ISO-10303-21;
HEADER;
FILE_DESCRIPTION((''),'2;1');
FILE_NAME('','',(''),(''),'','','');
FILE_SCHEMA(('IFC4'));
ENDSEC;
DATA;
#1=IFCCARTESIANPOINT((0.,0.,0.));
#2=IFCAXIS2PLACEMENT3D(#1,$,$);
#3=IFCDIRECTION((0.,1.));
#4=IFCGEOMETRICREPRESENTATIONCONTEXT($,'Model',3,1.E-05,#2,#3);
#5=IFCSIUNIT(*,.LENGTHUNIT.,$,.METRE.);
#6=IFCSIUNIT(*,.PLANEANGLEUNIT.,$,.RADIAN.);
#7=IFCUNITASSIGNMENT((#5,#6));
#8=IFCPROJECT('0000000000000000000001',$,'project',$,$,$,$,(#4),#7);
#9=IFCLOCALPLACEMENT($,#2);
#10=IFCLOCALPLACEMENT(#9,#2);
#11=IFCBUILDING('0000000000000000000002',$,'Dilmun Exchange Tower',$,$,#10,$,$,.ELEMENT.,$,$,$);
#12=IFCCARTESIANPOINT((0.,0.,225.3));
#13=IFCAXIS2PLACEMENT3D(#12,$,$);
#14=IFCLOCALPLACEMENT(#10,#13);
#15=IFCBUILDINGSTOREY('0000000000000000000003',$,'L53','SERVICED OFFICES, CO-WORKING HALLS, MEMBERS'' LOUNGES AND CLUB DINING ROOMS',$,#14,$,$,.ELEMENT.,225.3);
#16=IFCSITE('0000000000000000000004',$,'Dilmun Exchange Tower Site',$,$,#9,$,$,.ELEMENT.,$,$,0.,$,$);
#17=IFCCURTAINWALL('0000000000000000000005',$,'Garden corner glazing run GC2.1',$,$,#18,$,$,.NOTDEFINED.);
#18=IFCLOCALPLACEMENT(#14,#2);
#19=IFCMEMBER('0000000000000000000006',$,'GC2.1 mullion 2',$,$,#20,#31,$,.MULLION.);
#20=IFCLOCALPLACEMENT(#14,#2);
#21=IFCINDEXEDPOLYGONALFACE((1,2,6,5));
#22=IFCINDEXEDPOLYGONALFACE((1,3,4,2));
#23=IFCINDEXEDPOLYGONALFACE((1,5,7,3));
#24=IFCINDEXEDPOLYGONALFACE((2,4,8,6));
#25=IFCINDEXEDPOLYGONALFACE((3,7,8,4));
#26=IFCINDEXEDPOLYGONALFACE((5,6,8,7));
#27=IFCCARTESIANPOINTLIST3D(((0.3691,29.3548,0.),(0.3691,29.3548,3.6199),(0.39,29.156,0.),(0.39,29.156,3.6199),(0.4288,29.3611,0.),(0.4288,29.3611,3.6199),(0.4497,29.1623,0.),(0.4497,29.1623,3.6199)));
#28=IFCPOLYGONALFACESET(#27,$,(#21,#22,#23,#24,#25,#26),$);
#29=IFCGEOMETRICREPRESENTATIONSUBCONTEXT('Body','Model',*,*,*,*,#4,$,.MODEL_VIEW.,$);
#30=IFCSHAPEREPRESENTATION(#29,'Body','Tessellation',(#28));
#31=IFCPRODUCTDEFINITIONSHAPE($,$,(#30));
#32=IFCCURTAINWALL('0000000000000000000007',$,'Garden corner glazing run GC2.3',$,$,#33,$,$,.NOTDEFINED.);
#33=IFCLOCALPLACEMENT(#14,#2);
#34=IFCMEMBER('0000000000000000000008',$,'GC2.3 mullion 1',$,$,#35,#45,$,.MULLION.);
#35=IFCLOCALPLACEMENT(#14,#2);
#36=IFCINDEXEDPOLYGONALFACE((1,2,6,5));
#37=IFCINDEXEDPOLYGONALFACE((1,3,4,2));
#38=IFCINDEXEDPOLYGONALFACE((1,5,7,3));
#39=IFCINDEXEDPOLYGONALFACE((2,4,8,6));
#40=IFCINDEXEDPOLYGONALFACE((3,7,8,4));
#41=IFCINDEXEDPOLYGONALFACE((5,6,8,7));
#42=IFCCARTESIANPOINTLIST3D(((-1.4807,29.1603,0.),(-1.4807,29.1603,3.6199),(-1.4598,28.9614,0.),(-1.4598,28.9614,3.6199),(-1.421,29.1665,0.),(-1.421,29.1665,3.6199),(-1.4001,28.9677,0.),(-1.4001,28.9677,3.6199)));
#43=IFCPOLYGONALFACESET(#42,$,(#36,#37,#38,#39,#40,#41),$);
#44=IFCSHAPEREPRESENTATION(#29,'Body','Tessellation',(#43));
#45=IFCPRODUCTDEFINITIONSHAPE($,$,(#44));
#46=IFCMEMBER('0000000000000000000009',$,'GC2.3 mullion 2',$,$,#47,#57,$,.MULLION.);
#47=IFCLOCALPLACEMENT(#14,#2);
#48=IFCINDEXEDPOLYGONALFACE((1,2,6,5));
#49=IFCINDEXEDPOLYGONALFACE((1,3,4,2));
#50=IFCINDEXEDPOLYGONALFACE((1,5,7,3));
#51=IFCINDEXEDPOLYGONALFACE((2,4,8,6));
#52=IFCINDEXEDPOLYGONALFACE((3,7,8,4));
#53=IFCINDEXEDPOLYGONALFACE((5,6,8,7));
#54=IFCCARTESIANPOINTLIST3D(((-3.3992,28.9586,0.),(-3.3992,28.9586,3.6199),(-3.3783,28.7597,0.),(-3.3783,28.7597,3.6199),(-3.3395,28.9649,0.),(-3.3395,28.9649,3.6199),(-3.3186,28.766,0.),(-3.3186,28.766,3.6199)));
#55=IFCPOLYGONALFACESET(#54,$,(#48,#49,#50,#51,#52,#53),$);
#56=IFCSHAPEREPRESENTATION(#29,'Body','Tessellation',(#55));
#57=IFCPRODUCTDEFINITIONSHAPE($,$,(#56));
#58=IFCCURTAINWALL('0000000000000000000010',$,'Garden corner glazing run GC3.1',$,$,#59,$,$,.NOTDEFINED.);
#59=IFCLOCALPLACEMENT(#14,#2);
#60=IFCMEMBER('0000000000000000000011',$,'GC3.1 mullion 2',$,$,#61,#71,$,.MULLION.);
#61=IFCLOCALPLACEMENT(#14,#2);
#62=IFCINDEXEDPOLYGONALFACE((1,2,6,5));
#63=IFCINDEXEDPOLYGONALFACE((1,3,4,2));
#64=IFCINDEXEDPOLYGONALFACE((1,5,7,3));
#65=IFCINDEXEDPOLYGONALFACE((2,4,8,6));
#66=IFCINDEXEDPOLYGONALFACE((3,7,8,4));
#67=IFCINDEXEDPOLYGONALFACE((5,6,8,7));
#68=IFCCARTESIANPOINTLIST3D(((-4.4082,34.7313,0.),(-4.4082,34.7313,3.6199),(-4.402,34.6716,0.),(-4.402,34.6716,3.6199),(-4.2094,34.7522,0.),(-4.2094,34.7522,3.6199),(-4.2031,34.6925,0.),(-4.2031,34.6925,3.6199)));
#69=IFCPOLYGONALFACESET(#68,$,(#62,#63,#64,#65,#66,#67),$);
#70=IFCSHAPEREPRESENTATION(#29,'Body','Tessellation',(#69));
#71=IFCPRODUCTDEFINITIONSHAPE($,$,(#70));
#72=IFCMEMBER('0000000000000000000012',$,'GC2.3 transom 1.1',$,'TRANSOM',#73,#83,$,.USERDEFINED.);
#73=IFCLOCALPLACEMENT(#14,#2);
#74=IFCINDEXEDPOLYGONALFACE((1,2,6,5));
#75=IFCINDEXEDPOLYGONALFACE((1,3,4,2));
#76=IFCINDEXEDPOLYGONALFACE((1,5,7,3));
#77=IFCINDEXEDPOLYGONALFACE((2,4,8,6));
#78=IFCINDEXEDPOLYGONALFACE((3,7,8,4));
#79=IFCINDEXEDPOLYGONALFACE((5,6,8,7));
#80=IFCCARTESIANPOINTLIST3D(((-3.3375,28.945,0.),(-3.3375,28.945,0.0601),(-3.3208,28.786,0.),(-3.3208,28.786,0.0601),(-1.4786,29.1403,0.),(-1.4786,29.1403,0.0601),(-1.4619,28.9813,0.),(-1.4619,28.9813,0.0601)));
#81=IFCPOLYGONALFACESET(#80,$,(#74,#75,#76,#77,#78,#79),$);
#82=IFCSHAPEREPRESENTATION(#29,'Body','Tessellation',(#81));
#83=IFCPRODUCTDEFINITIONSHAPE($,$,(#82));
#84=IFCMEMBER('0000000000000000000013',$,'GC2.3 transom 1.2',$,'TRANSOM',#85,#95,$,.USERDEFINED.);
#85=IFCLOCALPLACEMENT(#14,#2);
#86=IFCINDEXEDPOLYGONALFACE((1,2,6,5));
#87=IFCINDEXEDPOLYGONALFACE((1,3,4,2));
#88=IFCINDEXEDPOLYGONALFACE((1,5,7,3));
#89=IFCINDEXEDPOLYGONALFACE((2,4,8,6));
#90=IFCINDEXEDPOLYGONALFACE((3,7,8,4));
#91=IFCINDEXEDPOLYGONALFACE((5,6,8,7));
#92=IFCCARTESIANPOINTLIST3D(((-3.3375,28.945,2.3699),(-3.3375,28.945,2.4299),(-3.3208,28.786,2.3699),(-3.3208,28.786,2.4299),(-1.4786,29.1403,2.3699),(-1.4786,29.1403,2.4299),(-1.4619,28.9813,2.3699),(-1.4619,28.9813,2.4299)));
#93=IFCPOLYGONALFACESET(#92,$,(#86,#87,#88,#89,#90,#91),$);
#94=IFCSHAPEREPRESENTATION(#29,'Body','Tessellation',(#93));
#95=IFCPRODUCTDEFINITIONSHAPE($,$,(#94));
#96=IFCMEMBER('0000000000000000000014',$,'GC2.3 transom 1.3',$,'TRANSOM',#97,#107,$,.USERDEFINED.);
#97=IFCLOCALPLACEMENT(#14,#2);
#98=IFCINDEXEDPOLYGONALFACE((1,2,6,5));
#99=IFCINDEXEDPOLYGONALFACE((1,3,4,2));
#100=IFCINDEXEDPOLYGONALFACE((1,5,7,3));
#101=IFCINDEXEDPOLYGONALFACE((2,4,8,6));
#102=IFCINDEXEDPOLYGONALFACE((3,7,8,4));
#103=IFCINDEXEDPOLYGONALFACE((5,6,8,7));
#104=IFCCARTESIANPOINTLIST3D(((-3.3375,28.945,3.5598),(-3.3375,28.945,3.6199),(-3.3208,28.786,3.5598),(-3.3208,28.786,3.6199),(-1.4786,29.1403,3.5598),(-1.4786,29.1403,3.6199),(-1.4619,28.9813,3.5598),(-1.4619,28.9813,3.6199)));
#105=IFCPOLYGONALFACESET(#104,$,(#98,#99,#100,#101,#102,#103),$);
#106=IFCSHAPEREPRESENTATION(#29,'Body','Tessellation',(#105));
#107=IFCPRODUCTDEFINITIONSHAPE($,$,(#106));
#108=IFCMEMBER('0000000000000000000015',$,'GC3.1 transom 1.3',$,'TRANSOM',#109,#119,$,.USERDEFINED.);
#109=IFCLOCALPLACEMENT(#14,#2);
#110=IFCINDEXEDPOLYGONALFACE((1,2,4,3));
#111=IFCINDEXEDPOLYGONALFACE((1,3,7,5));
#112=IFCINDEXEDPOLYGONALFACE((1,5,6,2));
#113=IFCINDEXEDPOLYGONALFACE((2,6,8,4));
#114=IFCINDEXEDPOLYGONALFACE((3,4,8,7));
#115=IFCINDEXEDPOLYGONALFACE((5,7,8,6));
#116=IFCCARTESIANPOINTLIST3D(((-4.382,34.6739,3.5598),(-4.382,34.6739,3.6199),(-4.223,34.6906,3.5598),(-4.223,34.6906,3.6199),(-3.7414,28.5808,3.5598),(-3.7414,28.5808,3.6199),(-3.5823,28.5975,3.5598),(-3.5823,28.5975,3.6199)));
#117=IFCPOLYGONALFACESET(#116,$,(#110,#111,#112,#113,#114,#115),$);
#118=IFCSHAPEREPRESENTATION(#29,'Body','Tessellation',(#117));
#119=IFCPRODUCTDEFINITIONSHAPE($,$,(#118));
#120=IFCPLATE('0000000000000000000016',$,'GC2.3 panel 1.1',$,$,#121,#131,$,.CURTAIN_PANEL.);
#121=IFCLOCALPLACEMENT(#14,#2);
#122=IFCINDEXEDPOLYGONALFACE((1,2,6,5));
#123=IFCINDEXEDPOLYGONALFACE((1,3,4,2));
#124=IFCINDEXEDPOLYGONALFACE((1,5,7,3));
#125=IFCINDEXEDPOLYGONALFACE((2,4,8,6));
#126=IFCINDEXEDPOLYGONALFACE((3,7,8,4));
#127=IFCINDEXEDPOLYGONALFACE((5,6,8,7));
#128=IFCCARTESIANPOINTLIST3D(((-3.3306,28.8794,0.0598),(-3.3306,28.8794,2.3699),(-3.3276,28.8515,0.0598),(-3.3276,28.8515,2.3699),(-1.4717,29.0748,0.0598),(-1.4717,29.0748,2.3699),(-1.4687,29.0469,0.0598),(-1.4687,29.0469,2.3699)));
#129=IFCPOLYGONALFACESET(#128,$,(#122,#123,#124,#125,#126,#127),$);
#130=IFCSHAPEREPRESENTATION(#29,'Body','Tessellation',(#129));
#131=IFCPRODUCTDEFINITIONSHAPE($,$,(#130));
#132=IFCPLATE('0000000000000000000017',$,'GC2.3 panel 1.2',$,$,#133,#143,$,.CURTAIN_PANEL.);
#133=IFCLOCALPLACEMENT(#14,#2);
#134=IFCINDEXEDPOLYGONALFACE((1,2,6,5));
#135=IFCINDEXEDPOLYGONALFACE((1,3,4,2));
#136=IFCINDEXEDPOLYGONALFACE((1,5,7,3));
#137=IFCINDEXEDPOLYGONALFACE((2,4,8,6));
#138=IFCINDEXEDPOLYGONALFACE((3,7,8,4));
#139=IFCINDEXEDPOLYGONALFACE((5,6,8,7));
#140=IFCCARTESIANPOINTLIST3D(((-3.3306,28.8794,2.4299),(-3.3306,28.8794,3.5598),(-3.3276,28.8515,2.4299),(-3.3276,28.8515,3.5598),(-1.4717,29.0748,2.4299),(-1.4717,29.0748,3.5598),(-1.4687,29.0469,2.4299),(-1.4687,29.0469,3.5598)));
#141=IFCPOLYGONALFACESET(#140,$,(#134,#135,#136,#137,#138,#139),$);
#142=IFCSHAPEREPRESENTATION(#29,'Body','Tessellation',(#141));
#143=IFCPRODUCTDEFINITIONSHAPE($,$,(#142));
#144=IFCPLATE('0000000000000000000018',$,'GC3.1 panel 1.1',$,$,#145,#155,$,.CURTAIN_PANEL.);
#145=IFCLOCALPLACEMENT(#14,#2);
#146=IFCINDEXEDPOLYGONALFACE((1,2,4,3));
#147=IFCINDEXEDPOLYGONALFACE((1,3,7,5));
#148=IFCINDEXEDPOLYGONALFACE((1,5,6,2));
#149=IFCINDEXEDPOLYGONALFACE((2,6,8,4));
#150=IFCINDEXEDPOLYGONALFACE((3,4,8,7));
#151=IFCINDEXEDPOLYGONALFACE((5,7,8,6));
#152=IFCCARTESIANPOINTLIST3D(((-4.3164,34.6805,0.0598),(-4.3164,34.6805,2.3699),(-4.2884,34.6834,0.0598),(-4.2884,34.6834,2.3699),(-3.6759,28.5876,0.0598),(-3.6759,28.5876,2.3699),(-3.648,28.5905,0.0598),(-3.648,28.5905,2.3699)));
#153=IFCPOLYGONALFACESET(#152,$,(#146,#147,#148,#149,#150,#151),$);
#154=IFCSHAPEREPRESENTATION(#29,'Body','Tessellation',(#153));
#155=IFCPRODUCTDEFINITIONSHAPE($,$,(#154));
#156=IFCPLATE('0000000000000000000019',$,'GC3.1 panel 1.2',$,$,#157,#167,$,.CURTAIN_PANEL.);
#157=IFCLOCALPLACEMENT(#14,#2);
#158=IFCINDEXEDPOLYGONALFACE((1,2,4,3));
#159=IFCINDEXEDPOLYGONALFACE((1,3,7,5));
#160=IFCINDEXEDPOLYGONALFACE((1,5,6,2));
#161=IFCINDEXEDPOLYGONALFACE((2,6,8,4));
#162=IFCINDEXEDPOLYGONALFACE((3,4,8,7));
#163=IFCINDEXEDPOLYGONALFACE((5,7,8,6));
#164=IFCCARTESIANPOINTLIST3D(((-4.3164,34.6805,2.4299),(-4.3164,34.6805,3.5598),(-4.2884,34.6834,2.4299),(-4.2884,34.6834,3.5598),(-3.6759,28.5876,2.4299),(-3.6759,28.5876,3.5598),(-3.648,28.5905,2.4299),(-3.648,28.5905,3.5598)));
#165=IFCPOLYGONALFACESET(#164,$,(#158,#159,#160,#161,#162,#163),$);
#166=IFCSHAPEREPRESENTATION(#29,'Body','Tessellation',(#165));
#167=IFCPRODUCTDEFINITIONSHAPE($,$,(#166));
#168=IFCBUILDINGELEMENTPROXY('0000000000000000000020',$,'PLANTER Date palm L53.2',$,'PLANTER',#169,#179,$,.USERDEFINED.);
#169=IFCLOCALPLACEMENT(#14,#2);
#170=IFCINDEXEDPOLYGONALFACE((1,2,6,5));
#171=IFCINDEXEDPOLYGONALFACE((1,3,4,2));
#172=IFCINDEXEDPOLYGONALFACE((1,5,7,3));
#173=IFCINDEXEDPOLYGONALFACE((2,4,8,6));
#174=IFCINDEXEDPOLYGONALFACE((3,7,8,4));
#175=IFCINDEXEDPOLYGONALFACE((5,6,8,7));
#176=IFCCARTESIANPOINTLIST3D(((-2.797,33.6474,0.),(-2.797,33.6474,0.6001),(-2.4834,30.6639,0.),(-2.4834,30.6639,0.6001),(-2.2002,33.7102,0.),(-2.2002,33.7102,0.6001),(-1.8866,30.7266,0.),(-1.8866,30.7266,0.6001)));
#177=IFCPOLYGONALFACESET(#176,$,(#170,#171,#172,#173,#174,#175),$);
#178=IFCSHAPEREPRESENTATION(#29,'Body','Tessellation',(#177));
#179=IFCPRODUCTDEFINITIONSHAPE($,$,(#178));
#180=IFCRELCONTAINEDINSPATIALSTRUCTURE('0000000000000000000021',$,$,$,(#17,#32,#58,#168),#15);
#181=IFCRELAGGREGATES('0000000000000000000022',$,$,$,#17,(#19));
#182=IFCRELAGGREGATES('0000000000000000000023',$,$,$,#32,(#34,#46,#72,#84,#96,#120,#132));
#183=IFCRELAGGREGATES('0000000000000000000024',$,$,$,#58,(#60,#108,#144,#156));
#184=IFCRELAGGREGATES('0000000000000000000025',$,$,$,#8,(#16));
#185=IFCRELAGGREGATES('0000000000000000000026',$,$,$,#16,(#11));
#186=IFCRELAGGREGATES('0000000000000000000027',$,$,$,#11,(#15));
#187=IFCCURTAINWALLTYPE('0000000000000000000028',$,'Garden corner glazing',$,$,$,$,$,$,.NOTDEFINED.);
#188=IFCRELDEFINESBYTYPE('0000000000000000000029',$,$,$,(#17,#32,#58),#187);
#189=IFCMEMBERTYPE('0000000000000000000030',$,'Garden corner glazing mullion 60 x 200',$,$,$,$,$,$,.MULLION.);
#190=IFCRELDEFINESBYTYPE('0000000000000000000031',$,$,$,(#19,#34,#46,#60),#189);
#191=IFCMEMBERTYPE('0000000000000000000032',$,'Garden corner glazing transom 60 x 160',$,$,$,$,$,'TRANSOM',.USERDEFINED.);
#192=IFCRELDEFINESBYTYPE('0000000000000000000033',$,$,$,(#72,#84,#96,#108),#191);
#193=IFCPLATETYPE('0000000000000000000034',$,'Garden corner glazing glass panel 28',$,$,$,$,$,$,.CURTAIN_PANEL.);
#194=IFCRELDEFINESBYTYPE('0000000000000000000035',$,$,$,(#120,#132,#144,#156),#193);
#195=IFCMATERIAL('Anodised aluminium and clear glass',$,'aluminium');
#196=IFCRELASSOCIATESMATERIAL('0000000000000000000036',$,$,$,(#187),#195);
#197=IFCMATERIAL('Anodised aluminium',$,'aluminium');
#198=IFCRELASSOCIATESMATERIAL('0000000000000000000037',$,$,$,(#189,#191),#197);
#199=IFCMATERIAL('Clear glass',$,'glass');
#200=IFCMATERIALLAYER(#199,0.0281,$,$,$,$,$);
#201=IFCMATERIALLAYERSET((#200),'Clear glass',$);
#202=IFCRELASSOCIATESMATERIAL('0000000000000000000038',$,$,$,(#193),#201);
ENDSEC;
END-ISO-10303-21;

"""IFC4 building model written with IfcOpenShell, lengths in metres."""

from ifc_helpers import new_model, si_unit, direction, frame, origin, origin_2d, place, context, subcontext, project, spatial, rectangle, extrude, material, layer, layer_set, material_profile, profile_set, type_object, element, aggregate, save


model = new_model("IFC4")

# Units and contexts
model_context = context("Model", 3, precision=1e-05, world=origin(), true_north=direction((0.0, 1.0)))
body_context = subcontext(model_context, "Body", "Model", "MODEL_VIEW")
ifc_project = project(units=[si_unit("LENGTHUNIT", "METRE"), si_unit("PLANEANGLEUNIT", "RADIAN")], contexts=[model_context])

# Site, building, storey
site_placement = place(None, origin())
site = spatial("IfcSite", under=ifc_project, at=site_placement, Name="Dilmun Exchange Tower Site", CompositionType="ELEMENT", RefElevation=0.0)
building_placement = place(site_placement, origin())
building = spatial("IfcBuilding", under=site, at=building_placement, Name="Dilmun Exchange Tower", CompositionType="ELEMENT")
storey_placement = place(building_placement, frame((0.0, 0.0, 225.3)))
storey = spatial("IfcBuildingStorey", under=building, at=storey_placement, Name="L53", Description="SERVICED OFFICES, CO-WORKING HALLS, MEMBERS' LOUNGES AND CLUB DINING ROOMS", CompositionType="ELEMENT", Elevation=225.3)

# Curtain wall, member
ifc_material_1 = material(Name="Anodised aluminium and clear glass", Category="aluminium")
curtain_wall_type = type_object("IfcCurtainWallType", Name="Garden corner glazing", PredefinedType="NOTDEFINED", material=ifc_material_1)
curtain_wall_1_placement = place(storey_placement, origin())
curtain_wall_1 = element("IfcCurtainWall", 1, at=curtain_wall_1_placement, inside=storey, type_object=curtain_wall_type, Name="Garden corner glazing run GC2.1", PredefinedType="NOTDEFINED")
ifc_material_2 = material(Name="Anodised aluminium", Category="aluminium")
ifc_material_profile_1 = material_profile(ifc_material_2, rectangle(XDim=0.2, YDim=0.0601, at=origin_2d()), Name="AL 60x200")
ifc_profile_set_1 = profile_set([ifc_material_profile_1], Name="Anodised aluminium")
member_type_1 = type_object("IfcMemberType", Name="Garden corner glazing mullion 60 x 200", PredefinedType="MULLION", material=ifc_profile_set_1)
member_1_placement = place(storey_placement, frame((0.4094, 29.2585, 0.0), z_axis=(0.0, 0.0, 1.0), x_axis=(0.104536, -0.994521, 0.0)))
member_1 = element("IfcMember", 2, at=member_1_placement, type_object=member_type_1, Name="GC2.1 mullion 2", PredefinedType="MULLION", context=body_context, shape_type="SweptSolid", body=[
    extrude(rectangle(XDim=0.2, YDim=0.0601, at=origin_2d()), origin(), (0.0, 0.0, 1.0), 3.6199),
])
aggregate(curtain_wall_1, [member_1])

# Curtain wall, members
curtain_wall_2_placement = place(storey_placement, origin())
curtain_wall_2 = element("IfcCurtainWall", 3, at=curtain_wall_2_placement, inside=storey, type_object=curtain_wall_type, Name="Garden corner glazing run GC2.3", PredefinedType="NOTDEFINED")
member_2_placement = place(storey_placement, frame((-1.4404, 29.064, 0.0), z_axis=(0.0, 0.0, 1.0), x_axis=(0.10452, -0.994523, 0.0)))
member_2 = element("IfcMember", 4, at=member_2_placement, type_object=member_type_1, Name="GC2.3 mullion 1", PredefinedType="MULLION", context=body_context, shape_type="SweptSolid", body=[
    extrude(rectangle(XDim=0.2, YDim=0.0601, at=origin_2d()), origin(), (0.0, 0.0, 1.0), 3.6199),
])
member_3_placement = place(storey_placement, frame((-3.3589, 28.8623, 0.0), z_axis=(0.0, 0.0, 1.0), x_axis=(0.10452, -0.994523, 0.0)))
member_3 = element("IfcMember", 5, at=member_3_placement, type_object=member_type_1, Name="GC2.3 mullion 2", PredefinedType="MULLION", context=body_context, shape_type="SweptSolid", body=[
    extrude(rectangle(XDim=0.2, YDim=0.0601, at=origin_2d()), origin(), (0.0, 0.0, 1.0), 3.6199),
])

# Curtain wall, member
curtain_wall_3_placement = place(storey_placement, origin())
curtain_wall_3 = element("IfcCurtainWall", 6, at=curtain_wall_3_placement, inside=storey, type_object=curtain_wall_type, Name="Garden corner glazing run GC3.1", PredefinedType="NOTDEFINED")
member_4_placement = place(storey_placement, frame((-4.3057, 34.7119, 0.0), z_axis=(0.0, 0.0, 1.0), x_axis=(-0.994521, -0.10454, 0.0)))
member_4 = element("IfcMember", 7, at=member_4_placement, type_object=member_type_1, Name="GC3.1 mullion 2", PredefinedType="MULLION", context=body_context, shape_type="SweptSolid", body=[
    extrude(rectangle(XDim=0.2, YDim=0.0601, at=origin_2d()), origin(), (0.0, 0.0, 1.0), 3.6199),
])

# Members
ifc_material_profile_2 = material_profile(ifc_material_2, rectangle(XDim=0.1599, YDim=0.0601, at=origin_2d()), Name="AL 60x160")
ifc_profile_set_2 = profile_set([ifc_material_profile_2], Name="Anodised aluminium")
member_type_2 = type_object("IfcMemberType", Name="Garden corner glazing transom 60 x 160", ElementType="TRANSOM", PredefinedType="USERDEFINED", material=ifc_profile_set_2)
member_5_placement = place(storey_placement, frame((-1.4702, 29.0608, 0.03), z_axis=(-0.994525, -0.104494, 0.0), x_axis=(0.104494, -0.994525, 0.0)))
member_5 = element("IfcMember", 8, at=member_5_placement, type_object=member_type_2, Name="GC2.3 transom 1.1", ObjectType="TRANSOM", PredefinedType="USERDEFINED", context=body_context, shape_type="SweptSolid", body=[
    extrude(rectangle(XDim=0.1599, YDim=0.0601, at=origin_2d()), origin(), (0.0, 0.0, 1.0), 1.8691),
])
member_6_placement = place(storey_placement, frame((-1.4702, 29.0608, 2.3999), z_axis=(-0.994525, -0.104494, 0.0), x_axis=(0.104494, -0.994525, 0.0)))
member_6 = element("IfcMember", 9, at=member_6_placement, type_object=member_type_2, Name="GC2.3 transom 1.2", ObjectType="TRANSOM", PredefinedType="USERDEFINED", context=body_context, shape_type="SweptSolid", body=[
    extrude(rectangle(XDim=0.1599, YDim=0.0601, at=origin_2d()), origin(), (0.0, 0.0, 1.0), 1.8691),
])
member_7_placement = place(storey_placement, frame((-1.4702, 29.0608, 3.5898), z_axis=(-0.994525, -0.104494, 0.0), x_axis=(0.104494, -0.994525, 0.0)))
member_7 = element("IfcMember", 10, at=member_7_placement, type_object=member_type_2, Name="GC2.3 transom 1.3", ObjectType="TRANSOM", PredefinedType="USERDEFINED", context=body_context, shape_type="SweptSolid", body=[
    extrude(rectangle(XDim=0.1599, YDim=0.0601, at=origin_2d()), origin(), (0.0, 0.0, 1.0), 1.8691),
])
member_8_placement = place(storey_placement, frame((-3.6619, 28.5891, 3.5898), z_axis=(-0.104564, 0.994518, 0.0), x_axis=(-0.994518, -0.104564, 0.0)))
member_8 = element("IfcMember", 11, at=member_8_placement, type_object=member_type_2, Name="GC3.1 transom 1.3", ObjectType="TRANSOM", PredefinedType="USERDEFINED", context=body_context, shape_type="SweptSolid", body=[
    extrude(rectangle(XDim=0.1599, YDim=0.0601, at=origin_2d()), origin(), (0.0, 0.0, 1.0), 6.1267),
])

# Plates
ifc_material_3 = material(Name="Clear glass", Category="glass")
ifc_layer_1 = layer(ifc_material_3, 0.0281)
ifc_layer_set_1 = layer_set([ifc_layer_1], Name="Clear glass")
plate_type = type_object("IfcPlateType", Name="Garden corner glazing glass panel 28", PredefinedType="CURTAIN_PANEL", material=ifc_layer_set_1)
plate_1_placement = place(storey_placement, frame((-2.3997, 28.9631, 0.0598), z_axis=(0.0, 0.0, 1.0), x_axis=(-0.994523, -0.10452, 0.0)))
plate_1 = element("IfcPlate", 12, at=plate_1_placement, type_object=plate_type, Name="GC2.3 panel 1.1", PredefinedType="CURTAIN_PANEL", context=body_context, shape_type="SweptSolid", body=[
    extrude(rectangle(XDim=1.8691, YDim=0.0281, at=origin_2d()), origin(), (0.0, 0.0, 1.0), 2.3101),
])
plate_2_placement = place(storey_placement, frame((-2.3997, 28.9631, 2.4299), z_axis=(0.0, 0.0, 1.0), x_axis=(-0.994523, -0.10452, 0.0)))
plate_2 = element("IfcPlate", 13, at=plate_2_placement, type_object=plate_type, Name="GC2.3 panel 1.2", PredefinedType="CURTAIN_PANEL", context=body_context, shape_type="SweptSolid", body=[
    extrude(rectangle(XDim=1.8691, YDim=0.0281, at=origin_2d()), origin(), (0.0, 0.0, 1.0), 1.1299),
])
aggregate(curtain_wall_2, [member_2, member_3, member_5, member_6, member_7, plate_1, plate_2])
plate_3_placement = place(storey_placement, frame((-3.9822, 31.6355, 0.0598), z_axis=(0.0, 0.0, 1.0), x_axis=(-0.10454, 0.994521, 0.0)))
plate_3 = element("IfcPlate", 14, at=plate_3_placement, type_object=plate_type, Name="GC3.1 panel 1.1", PredefinedType="CURTAIN_PANEL", context=body_context, shape_type="SweptSolid", body=[
    extrude(rectangle(XDim=6.1265, YDim=0.0281, at=origin_2d()), origin(), (0.0, 0.0, 1.0), 2.3101),
])
plate_4_placement = place(storey_placement, frame((-3.9822, 31.6355, 2.4299), z_axis=(0.0, 0.0, 1.0), x_axis=(-0.10454, 0.994521, 0.0)))
plate_4 = element("IfcPlate", 15, at=plate_4_placement, type_object=plate_type, Name="GC3.1 panel 1.2", PredefinedType="CURTAIN_PANEL", context=body_context, shape_type="SweptSolid", body=[
    extrude(rectangle(XDim=6.1265, YDim=0.0281, at=origin_2d()), origin(), (0.0, 0.0, 1.0), 1.1299),
])
aggregate(curtain_wall_3, [member_4, member_8, plate_3, plate_4])

# Building element proxy
proxy_placement = place(storey_placement, frame((-2.3418, 32.187, 0.0), z_axis=(0.0, 0.0, 1.0), x_axis=(-0.104528, 0.994522, 0.0)))
element("IfcBuildingElementProxy", 16, at=proxy_placement, inside=storey, Name="PLANTER Date palm L53.2", ObjectType="PLANTER", PredefinedType="USERDEFINED", context=body_context, shape_type="SweptSolid", body=[
    extrude(rectangle(XDim=3.0, YDim=0.6001, at=origin_2d()), origin(), (0.0, 0.0, 1.0), 0.6001),
])

save(model, "model.ifc")
